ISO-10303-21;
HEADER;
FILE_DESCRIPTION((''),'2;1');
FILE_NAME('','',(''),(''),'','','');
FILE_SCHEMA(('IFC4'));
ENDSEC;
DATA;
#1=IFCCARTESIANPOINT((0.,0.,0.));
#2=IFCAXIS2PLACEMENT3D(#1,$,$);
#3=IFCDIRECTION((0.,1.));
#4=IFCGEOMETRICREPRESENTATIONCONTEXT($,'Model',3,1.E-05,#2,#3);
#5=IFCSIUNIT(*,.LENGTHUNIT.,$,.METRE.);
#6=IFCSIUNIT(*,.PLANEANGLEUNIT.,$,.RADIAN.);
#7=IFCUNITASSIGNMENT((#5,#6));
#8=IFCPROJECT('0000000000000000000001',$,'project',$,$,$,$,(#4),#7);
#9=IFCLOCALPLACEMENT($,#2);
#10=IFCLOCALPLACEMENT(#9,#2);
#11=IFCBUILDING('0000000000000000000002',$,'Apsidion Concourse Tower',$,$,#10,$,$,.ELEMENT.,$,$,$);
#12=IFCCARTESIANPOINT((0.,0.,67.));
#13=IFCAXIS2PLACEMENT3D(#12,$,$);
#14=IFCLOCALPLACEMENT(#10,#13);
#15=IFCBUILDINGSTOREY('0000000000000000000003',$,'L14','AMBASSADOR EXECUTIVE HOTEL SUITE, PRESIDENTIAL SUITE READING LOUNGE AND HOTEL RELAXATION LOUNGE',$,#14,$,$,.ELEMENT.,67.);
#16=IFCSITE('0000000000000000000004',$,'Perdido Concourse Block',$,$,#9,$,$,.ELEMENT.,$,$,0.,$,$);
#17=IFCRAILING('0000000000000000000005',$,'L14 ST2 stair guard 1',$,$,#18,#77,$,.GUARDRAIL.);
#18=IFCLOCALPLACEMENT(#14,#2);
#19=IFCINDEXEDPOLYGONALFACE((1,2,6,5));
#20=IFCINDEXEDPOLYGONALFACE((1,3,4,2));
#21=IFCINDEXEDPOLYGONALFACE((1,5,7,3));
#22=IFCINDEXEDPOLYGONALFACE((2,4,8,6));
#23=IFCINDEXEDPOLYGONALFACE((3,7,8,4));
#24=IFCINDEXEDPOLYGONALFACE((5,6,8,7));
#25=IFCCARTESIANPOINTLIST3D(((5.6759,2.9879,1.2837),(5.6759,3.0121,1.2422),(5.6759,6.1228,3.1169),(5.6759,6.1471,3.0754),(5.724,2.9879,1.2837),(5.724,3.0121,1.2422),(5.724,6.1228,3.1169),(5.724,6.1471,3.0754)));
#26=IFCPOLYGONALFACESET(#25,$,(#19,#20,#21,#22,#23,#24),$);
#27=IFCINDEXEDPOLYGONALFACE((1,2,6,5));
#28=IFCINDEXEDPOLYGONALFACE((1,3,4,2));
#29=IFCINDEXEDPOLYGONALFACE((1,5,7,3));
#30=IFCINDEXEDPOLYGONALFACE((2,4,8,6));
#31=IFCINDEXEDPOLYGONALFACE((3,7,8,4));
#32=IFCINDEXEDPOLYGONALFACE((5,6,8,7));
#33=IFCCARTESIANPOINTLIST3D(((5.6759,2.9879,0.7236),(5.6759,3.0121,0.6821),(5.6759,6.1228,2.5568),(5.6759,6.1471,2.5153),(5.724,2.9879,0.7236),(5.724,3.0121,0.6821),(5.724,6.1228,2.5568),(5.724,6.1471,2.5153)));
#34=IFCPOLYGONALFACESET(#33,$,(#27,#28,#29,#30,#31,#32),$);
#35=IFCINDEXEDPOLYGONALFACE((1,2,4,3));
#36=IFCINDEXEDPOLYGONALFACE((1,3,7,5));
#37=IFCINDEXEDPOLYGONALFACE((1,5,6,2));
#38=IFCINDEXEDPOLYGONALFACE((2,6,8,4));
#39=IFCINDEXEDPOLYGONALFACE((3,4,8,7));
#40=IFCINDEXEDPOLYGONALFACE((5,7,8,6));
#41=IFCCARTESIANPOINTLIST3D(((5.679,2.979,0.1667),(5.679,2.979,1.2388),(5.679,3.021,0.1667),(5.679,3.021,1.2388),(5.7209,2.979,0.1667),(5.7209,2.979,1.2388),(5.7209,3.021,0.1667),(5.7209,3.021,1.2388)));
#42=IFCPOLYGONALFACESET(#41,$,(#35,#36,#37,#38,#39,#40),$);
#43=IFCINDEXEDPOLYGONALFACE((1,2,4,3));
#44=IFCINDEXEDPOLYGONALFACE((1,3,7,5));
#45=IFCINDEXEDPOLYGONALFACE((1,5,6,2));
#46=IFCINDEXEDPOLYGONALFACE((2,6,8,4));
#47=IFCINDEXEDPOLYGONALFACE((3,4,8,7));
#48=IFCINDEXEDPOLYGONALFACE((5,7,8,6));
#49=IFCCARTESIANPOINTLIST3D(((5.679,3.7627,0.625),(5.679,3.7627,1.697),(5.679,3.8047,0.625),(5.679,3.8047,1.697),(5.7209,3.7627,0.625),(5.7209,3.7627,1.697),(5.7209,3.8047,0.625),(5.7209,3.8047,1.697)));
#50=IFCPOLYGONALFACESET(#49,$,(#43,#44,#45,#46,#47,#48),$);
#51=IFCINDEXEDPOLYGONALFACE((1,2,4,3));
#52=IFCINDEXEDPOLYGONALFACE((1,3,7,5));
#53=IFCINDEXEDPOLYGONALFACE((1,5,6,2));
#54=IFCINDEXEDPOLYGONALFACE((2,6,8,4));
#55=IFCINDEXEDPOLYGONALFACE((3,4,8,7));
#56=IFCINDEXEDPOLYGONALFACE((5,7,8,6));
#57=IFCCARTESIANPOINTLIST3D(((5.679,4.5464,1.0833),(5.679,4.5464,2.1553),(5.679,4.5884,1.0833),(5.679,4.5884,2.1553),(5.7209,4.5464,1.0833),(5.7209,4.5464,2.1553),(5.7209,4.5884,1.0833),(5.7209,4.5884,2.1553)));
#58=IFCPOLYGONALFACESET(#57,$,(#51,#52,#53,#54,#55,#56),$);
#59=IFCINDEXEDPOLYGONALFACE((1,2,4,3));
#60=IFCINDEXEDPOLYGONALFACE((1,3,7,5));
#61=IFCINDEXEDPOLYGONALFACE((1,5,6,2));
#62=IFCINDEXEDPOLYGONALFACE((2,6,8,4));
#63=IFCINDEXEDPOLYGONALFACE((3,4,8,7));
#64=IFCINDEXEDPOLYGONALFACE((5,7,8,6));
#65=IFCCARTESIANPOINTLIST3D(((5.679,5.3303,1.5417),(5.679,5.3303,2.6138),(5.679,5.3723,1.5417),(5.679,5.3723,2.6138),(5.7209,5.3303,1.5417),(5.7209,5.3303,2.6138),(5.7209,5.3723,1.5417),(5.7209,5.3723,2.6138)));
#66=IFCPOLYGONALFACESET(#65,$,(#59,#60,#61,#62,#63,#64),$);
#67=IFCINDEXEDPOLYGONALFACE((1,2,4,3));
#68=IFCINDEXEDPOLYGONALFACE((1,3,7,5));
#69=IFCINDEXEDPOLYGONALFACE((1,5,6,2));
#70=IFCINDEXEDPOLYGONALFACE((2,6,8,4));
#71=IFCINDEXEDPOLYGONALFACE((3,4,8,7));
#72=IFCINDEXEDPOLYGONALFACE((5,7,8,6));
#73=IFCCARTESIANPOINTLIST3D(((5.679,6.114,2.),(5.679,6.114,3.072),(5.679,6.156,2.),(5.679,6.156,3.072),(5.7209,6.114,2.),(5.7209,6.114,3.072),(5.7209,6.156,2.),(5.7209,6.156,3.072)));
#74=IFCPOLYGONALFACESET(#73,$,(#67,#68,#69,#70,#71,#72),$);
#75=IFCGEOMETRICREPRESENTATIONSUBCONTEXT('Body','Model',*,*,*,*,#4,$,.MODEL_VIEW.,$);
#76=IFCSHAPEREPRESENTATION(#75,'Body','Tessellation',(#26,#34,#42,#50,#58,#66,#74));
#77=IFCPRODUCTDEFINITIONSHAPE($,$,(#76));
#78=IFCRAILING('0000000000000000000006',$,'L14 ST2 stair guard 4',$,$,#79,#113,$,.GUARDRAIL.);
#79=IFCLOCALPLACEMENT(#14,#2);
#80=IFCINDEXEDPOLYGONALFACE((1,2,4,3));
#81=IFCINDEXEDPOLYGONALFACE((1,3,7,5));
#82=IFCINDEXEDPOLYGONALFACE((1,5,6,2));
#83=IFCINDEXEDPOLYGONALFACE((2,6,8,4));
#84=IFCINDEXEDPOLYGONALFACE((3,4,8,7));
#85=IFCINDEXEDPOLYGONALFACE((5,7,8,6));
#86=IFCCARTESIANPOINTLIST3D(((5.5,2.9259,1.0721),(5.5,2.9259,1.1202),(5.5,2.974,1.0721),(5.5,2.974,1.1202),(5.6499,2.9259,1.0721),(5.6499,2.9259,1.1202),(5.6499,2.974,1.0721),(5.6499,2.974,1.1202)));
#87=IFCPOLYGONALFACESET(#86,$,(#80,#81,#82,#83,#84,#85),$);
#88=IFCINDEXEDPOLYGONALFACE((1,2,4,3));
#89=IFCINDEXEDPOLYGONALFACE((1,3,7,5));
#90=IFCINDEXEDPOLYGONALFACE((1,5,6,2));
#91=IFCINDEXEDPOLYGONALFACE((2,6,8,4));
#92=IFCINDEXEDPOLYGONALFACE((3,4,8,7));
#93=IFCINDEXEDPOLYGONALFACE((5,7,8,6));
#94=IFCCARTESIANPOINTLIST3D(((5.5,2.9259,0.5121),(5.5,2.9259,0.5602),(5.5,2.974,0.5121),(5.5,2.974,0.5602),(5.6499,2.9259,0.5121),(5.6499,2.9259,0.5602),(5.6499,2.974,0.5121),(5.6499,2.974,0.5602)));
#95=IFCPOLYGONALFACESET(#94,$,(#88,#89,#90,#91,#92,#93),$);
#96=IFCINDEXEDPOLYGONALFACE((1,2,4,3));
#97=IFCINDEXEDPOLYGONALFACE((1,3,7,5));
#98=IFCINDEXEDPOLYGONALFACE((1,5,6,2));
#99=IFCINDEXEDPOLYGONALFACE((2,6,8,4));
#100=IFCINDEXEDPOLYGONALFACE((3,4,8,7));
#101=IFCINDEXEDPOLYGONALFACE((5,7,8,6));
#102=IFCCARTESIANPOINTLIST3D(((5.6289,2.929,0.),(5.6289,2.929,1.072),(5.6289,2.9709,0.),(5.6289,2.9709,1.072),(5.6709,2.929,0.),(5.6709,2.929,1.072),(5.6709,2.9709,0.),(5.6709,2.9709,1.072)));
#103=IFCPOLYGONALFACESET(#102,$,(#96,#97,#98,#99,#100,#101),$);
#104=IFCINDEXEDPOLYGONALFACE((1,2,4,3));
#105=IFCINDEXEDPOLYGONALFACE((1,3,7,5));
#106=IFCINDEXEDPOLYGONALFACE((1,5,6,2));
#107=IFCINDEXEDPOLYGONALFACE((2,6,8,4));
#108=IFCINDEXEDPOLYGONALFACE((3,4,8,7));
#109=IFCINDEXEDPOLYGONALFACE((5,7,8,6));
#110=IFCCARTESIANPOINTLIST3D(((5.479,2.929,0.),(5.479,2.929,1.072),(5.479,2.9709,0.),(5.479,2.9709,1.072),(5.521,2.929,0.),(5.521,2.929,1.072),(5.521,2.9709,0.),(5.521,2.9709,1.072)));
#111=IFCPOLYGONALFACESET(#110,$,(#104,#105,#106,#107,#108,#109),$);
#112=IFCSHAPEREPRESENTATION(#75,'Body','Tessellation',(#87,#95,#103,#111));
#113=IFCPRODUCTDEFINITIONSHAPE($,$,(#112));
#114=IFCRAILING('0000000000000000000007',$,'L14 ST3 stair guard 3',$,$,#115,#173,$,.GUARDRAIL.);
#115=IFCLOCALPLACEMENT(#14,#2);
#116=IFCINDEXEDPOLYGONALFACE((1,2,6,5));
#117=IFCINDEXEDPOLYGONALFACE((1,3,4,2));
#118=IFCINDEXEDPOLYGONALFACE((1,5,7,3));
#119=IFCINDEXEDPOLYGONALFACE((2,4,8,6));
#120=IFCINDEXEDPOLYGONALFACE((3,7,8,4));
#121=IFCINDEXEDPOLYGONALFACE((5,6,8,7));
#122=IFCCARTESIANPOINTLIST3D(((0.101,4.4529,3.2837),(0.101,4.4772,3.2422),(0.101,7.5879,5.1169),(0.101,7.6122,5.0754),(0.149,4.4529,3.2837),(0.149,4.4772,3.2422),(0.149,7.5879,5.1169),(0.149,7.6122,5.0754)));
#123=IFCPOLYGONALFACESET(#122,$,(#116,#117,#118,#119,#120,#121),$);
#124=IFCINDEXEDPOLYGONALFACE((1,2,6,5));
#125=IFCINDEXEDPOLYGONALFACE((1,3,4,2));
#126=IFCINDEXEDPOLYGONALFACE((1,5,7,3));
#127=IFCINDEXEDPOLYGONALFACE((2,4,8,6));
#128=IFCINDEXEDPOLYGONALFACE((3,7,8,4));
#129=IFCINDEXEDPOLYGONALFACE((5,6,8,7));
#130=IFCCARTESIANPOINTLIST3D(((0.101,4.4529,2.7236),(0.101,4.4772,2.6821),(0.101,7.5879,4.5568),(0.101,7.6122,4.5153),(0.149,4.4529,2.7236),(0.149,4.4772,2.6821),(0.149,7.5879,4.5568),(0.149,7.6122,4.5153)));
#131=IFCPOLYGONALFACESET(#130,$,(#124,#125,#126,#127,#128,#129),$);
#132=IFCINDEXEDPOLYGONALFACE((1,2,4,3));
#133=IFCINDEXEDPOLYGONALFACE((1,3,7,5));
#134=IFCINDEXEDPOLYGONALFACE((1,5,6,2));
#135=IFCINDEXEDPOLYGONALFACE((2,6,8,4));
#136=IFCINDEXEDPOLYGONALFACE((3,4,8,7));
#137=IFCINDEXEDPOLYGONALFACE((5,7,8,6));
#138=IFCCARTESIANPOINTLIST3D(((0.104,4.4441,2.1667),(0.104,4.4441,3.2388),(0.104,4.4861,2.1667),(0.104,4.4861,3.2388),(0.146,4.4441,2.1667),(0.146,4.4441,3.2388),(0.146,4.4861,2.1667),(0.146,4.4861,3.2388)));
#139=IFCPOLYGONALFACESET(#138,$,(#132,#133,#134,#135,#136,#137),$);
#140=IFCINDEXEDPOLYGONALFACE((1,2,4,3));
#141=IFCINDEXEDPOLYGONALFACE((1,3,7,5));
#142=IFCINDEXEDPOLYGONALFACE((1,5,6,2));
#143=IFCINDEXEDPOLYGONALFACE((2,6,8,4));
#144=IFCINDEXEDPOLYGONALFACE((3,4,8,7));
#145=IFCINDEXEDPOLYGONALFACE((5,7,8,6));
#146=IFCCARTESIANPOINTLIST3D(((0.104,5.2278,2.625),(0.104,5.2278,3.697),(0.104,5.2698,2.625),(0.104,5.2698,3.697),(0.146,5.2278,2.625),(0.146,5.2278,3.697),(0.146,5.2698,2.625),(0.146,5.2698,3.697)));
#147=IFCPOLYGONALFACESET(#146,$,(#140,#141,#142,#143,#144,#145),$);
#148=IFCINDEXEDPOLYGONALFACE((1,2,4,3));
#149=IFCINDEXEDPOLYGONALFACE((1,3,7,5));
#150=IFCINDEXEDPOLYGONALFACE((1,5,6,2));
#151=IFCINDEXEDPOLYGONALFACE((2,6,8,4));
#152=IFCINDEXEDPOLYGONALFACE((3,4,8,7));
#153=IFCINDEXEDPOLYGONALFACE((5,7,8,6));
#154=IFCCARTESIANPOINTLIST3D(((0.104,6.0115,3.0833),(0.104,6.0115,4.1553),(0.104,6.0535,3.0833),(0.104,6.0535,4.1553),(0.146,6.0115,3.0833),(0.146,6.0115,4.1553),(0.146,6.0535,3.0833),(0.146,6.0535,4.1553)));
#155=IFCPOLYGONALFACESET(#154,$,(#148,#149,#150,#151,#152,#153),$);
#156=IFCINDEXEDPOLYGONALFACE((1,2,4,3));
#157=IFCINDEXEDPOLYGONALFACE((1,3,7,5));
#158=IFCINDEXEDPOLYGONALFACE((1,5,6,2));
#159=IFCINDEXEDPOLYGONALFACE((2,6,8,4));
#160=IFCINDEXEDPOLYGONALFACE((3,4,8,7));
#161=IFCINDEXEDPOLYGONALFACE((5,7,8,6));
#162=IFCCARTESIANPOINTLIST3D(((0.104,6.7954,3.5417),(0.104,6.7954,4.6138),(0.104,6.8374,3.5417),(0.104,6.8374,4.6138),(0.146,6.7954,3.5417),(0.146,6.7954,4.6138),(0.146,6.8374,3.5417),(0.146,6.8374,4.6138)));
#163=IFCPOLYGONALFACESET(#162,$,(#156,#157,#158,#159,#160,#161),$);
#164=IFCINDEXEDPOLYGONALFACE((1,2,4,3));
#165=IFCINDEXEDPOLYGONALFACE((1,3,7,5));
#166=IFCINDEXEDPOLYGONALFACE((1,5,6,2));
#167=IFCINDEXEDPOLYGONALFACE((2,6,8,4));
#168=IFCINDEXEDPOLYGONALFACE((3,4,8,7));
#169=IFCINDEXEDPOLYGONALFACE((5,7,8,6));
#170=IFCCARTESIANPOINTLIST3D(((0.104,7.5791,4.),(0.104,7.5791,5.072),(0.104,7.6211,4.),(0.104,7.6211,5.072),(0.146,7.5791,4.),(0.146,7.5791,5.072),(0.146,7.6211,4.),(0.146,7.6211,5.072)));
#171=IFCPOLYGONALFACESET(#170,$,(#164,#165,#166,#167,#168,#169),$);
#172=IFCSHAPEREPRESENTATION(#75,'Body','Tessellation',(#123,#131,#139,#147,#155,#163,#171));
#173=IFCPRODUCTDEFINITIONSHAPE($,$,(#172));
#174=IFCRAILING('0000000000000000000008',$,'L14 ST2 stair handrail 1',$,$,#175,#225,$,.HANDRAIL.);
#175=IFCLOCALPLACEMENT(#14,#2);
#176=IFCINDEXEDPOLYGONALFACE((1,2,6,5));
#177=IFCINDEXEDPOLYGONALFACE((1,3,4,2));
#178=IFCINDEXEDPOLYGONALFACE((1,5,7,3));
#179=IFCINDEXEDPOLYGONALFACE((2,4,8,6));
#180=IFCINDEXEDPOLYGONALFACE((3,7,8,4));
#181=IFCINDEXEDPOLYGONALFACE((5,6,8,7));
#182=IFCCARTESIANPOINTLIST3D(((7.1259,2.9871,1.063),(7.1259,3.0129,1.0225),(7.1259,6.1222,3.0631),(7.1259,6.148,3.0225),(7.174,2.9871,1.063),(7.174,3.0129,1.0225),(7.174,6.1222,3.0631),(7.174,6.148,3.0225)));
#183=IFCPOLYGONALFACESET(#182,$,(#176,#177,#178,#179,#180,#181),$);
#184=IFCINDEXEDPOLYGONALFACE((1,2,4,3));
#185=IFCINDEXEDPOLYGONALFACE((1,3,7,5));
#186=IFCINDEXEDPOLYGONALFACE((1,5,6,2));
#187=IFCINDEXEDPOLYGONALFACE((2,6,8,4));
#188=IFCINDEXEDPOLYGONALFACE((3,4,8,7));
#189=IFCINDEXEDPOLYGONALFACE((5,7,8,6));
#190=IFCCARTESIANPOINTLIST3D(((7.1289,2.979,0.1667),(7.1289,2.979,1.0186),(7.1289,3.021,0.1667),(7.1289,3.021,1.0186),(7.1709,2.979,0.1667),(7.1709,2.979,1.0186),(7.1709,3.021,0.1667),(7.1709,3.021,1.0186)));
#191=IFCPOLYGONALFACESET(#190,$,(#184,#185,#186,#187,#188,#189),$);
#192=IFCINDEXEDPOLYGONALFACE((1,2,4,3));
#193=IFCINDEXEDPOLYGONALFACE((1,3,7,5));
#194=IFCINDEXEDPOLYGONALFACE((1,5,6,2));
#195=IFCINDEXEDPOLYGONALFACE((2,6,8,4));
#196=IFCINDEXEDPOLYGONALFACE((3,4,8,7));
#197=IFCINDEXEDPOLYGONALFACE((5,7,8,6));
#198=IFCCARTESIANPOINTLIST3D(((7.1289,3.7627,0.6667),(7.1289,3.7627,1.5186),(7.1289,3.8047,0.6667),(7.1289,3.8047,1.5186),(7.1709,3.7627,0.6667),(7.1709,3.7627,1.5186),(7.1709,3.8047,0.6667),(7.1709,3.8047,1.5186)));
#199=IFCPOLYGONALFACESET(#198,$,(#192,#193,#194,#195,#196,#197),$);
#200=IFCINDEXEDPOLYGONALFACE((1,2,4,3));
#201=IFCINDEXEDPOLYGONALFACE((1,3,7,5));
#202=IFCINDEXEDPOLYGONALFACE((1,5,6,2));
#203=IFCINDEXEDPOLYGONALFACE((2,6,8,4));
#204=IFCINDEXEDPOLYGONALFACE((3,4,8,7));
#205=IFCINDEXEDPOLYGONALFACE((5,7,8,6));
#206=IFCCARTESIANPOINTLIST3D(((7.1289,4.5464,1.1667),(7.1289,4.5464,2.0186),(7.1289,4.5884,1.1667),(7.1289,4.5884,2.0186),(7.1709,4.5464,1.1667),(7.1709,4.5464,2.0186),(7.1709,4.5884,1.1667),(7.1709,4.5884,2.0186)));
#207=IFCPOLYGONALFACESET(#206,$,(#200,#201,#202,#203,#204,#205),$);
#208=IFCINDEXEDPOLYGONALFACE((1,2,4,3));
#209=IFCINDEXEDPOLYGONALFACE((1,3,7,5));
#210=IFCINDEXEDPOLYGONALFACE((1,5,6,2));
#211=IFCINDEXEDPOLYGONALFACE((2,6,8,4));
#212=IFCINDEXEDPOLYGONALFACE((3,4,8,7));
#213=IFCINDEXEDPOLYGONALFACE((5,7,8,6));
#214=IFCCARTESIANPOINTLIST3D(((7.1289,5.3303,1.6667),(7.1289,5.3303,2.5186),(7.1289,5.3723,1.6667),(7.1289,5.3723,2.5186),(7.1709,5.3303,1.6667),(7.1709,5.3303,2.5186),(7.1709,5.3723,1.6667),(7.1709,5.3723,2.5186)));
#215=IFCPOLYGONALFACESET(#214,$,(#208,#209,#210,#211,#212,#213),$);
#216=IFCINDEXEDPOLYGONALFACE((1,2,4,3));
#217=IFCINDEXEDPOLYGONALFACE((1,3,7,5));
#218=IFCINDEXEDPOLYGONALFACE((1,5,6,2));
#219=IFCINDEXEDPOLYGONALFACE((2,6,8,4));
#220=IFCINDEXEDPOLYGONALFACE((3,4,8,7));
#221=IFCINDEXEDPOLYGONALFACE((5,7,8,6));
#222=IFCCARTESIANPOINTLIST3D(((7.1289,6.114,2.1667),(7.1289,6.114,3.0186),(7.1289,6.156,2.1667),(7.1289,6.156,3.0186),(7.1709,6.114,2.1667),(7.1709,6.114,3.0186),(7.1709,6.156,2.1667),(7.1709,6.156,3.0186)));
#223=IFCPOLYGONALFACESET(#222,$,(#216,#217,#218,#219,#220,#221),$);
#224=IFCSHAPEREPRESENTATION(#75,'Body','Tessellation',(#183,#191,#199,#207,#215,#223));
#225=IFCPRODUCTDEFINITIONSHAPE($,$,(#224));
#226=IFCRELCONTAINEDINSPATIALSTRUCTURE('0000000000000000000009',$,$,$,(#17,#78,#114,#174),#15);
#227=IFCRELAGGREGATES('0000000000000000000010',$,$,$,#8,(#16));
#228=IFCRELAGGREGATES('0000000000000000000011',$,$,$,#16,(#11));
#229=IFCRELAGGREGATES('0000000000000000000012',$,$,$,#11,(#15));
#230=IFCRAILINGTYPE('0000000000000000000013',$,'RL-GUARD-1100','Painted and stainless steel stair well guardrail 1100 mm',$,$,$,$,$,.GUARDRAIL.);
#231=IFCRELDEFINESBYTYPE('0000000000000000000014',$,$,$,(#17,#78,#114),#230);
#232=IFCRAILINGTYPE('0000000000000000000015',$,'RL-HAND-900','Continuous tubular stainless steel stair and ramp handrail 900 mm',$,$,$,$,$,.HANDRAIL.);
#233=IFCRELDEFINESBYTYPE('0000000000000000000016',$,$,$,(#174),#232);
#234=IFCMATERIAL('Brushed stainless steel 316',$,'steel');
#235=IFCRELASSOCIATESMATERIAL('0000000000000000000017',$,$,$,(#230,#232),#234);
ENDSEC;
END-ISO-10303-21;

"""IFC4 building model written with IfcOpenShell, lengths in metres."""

from ifc_helpers import new_model, si_unit, direction, frame, origin, origin_2d, place, context, subcontext, project, spatial, rectangle, extrude, material, type_object, element, save


model = new_model("IFC4")

# Units and contexts
model_context = context("Model", 3, precision=1e-05, world=origin(), true_north=direction((0.0, 1.0)))
body_context = subcontext(model_context, "Body", "Model", "MODEL_VIEW")
ifc_project = project(units=[si_unit("LENGTHUNIT", "METRE"), si_unit("PLANEANGLEUNIT", "RADIAN")], contexts=[model_context])

# Site, building, storey
site_placement = place(None, origin())
site = spatial("IfcSite", under=ifc_project, at=site_placement, Name="Perdido Concourse Block", CompositionType="ELEMENT", RefElevation=0.0)
building_placement = place(site_placement, origin())
building = spatial("IfcBuilding", under=site, at=building_placement, Name="Apsidion Concourse Tower", CompositionType="ELEMENT")
storey_placement = place(building_placement, frame((0.0, 0.0, 67.0)))
storey = spatial("IfcBuildingStorey", under=building, at=storey_placement, Name="L14", Description="AMBASSADOR EXECUTIVE HOTEL SUITE, PRESIDENTIAL SUITE READING LOUNGE AND HOTEL RELAXATION LOUNGE", CompositionType="ELEMENT", Elevation=67.0)

# Railings
ifc_material_1 = material(Name="Brushed stainless steel 316", Category="steel")
railing_type_1 = type_object("IfcRailingType", Name="RL-GUARD-1100", Description="Painted and stainless steel stair well guardrail 1100 mm", PredefinedType="GUARDRAIL", material=ifc_material_1)
railing_1_placement = place(storey_placement, frame((5.7, 3.0, 0.1667)))
element("IfcRailing", 1, at=railing_1_placement, inside=storey, type_object=railing_type_1, Name="L14 ST2 stair guard 1", PredefinedType="GUARDRAIL", context=body_context, shape_type="SweptSolid", body=[
    extrude(rectangle(XDim=0.0481, YDim=0.0481, at=origin_2d()), frame((0.0, 0.0, 1.0962), z_axis=(0.0, 0.86324, 0.504794), x_axis=(-1.0, 0.0, 0.0)), (0.0, 0.0, 1.0), 3.6316),
    extrude(rectangle(XDim=0.0481, YDim=0.0481, at=origin_2d()), frame((0.0, 0.0, 0.5361), z_axis=(0.0, 0.86324, 0.504794), x_axis=(-1.0, 0.0, 0.0)), (0.0, 0.0, 1.0), 3.6316),
    extrude(rectangle(XDim=0.042, YDim=0.042, at=origin_2d()), origin(), (0.0, 0.0, 1.0), 1.072),
    extrude(rectangle(XDim=0.042, YDim=0.042, at=origin_2d()), frame((0.0, 0.7837, 0.4583)), (0.0, 0.0, 1.0), 1.072),
    extrude(rectangle(XDim=0.042, YDim=0.042, at=origin_2d()), frame((0.0, 1.5674, 0.9165)), (0.0, 0.0, 1.0), 1.072),
    extrude(rectangle(XDim=0.042, YDim=0.042, at=origin_2d()), frame((0.0, 2.3513, 1.375)), (0.0, 0.0, 1.0), 1.072),
    extrude(rectangle(XDim=0.042, YDim=0.042, at=origin_2d()), frame((0.0, 3.135, 1.8333)), (0.0, 0.0, 1.0), 1.072),
])
railing_2_placement = place(storey_placement, frame((5.6499, 2.95, 0.0)))
element("IfcRailing", 2, at=railing_2_placement, inside=storey, type_object=railing_type_1, Name="L14 ST2 stair guard 4", PredefinedType="GUARDRAIL", context=body_context, shape_type="SweptSolid", body=[
    extrude(rectangle(XDim=0.0481, YDim=0.0481, at=origin_2d()), frame((0.0, 0.0, 1.0962), z_axis=(-1.0, 0.0, 0.0), x_axis=(0.0, -1.0, 0.0)), (0.0, 0.0, 1.0), 0.1499),
    extrude(rectangle(XDim=0.0481, YDim=0.0481, at=origin_2d()), frame((0.0, 0.0, 0.5361), z_axis=(-1.0, 0.0, 0.0), x_axis=(0.0, -1.0, 0.0)), (0.0, 0.0, 1.0), 0.1499),
    extrude(rectangle(XDim=0.042, YDim=0.042, at=origin_2d()), origin(), (0.0, 0.0, 1.0), 1.072),
    extrude(rectangle(XDim=0.042, YDim=0.042, at=origin_2d()), frame((-0.1499, 0.0, 0.0)), (0.0, 0.0, 1.0), 1.072),
])
railing_3_placement = place(storey_placement, frame((0.125, 4.4651, 2.1667)))
element("IfcRailing", 3, at=railing_3_placement, inside=storey, type_object=railing_type_1, Name="L14 ST3 stair guard 3", PredefinedType="GUARDRAIL", context=body_context, shape_type="SweptSolid", body=[
    extrude(rectangle(XDim=0.0481, YDim=0.0481, at=origin_2d()), frame((0.0, 0.0, 1.0962), z_axis=(0.0, 0.86324, 0.504794), x_axis=(-1.0, 0.0, 0.0)), (0.0, 0.0, 1.0), 3.6316),
    extrude(rectangle(XDim=0.0481, YDim=0.0481, at=origin_2d()), frame((0.0, 0.0, 0.5361), z_axis=(0.0, 0.86324, 0.504794), x_axis=(-1.0, 0.0, 0.0)), (0.0, 0.0, 1.0), 3.6316),
    extrude(rectangle(XDim=0.042, YDim=0.042, at=origin_2d()), origin(), (0.0, 0.0, 1.0), 1.072),
    extrude(rectangle(XDim=0.042, YDim=0.042, at=origin_2d()), frame((0.0, 0.7837, 0.4583)), (0.0, 0.0, 1.0), 1.072),
    extrude(rectangle(XDim=0.042, YDim=0.042, at=origin_2d()), frame((0.0, 1.5674, 0.9165)), (0.0, 0.0, 1.0), 1.072),
    extrude(rectangle(XDim=0.042, YDim=0.042, at=origin_2d()), frame((0.0, 2.3513, 1.375)), (0.0, 0.0, 1.0), 1.072),
    extrude(rectangle(XDim=0.042, YDim=0.042, at=origin_2d()), frame((0.0, 3.135, 1.8333)), (0.0, 0.0, 1.0), 1.072),
])
railing_type_2 = type_object("IfcRailingType", Name="RL-HAND-900", Description="Continuous tubular stainless steel stair and ramp handrail 900 mm", PredefinedType="HANDRAIL", material=ifc_material_1)
railing_4_placement = place(storey_placement, frame((7.1499, 3.0, 0.1667)))
element("IfcRailing", 4, at=railing_4_placement, inside=storey, type_object=railing_type_2, Name="L14 ST2 stair handrail 1", PredefinedType="HANDRAIL", context=body_context, shape_type="SweptSolid", body=[
    extrude(rectangle(XDim=0.0481, YDim=0.0481, at=origin_2d()), frame((0.0, 0.0, 0.876), z_axis=(0.0, 0.843053, 0.537831), x_axis=(-1.0, 0.0, 0.0)), (0.0, 0.0, 1.0), 3.7188),
    extrude(rectangle(XDim=0.042, YDim=0.042, at=origin_2d()), origin(), (0.0, 0.0, 1.0), 0.8518),
    extrude(rectangle(XDim=0.042, YDim=0.042, at=origin_2d()), frame((0.0, 0.7837, 0.5)), (0.0, 0.0, 1.0), 0.8518),
    extrude(rectangle(XDim=0.042, YDim=0.042, at=origin_2d()), frame((0.0, 1.5674, 1.0)), (0.0, 0.0, 1.0), 0.8518),
    extrude(rectangle(XDim=0.042, YDim=0.042, at=origin_2d()), frame((0.0, 2.3513, 1.5)), (0.0, 0.0, 1.0), 0.8518),
    extrude(rectangle(XDim=0.042, YDim=0.042, at=origin_2d()), frame((0.0, 3.135, 2.0)), (0.0, 0.0, 1.0), 0.8518),
])

save(model, "model.ifc")
